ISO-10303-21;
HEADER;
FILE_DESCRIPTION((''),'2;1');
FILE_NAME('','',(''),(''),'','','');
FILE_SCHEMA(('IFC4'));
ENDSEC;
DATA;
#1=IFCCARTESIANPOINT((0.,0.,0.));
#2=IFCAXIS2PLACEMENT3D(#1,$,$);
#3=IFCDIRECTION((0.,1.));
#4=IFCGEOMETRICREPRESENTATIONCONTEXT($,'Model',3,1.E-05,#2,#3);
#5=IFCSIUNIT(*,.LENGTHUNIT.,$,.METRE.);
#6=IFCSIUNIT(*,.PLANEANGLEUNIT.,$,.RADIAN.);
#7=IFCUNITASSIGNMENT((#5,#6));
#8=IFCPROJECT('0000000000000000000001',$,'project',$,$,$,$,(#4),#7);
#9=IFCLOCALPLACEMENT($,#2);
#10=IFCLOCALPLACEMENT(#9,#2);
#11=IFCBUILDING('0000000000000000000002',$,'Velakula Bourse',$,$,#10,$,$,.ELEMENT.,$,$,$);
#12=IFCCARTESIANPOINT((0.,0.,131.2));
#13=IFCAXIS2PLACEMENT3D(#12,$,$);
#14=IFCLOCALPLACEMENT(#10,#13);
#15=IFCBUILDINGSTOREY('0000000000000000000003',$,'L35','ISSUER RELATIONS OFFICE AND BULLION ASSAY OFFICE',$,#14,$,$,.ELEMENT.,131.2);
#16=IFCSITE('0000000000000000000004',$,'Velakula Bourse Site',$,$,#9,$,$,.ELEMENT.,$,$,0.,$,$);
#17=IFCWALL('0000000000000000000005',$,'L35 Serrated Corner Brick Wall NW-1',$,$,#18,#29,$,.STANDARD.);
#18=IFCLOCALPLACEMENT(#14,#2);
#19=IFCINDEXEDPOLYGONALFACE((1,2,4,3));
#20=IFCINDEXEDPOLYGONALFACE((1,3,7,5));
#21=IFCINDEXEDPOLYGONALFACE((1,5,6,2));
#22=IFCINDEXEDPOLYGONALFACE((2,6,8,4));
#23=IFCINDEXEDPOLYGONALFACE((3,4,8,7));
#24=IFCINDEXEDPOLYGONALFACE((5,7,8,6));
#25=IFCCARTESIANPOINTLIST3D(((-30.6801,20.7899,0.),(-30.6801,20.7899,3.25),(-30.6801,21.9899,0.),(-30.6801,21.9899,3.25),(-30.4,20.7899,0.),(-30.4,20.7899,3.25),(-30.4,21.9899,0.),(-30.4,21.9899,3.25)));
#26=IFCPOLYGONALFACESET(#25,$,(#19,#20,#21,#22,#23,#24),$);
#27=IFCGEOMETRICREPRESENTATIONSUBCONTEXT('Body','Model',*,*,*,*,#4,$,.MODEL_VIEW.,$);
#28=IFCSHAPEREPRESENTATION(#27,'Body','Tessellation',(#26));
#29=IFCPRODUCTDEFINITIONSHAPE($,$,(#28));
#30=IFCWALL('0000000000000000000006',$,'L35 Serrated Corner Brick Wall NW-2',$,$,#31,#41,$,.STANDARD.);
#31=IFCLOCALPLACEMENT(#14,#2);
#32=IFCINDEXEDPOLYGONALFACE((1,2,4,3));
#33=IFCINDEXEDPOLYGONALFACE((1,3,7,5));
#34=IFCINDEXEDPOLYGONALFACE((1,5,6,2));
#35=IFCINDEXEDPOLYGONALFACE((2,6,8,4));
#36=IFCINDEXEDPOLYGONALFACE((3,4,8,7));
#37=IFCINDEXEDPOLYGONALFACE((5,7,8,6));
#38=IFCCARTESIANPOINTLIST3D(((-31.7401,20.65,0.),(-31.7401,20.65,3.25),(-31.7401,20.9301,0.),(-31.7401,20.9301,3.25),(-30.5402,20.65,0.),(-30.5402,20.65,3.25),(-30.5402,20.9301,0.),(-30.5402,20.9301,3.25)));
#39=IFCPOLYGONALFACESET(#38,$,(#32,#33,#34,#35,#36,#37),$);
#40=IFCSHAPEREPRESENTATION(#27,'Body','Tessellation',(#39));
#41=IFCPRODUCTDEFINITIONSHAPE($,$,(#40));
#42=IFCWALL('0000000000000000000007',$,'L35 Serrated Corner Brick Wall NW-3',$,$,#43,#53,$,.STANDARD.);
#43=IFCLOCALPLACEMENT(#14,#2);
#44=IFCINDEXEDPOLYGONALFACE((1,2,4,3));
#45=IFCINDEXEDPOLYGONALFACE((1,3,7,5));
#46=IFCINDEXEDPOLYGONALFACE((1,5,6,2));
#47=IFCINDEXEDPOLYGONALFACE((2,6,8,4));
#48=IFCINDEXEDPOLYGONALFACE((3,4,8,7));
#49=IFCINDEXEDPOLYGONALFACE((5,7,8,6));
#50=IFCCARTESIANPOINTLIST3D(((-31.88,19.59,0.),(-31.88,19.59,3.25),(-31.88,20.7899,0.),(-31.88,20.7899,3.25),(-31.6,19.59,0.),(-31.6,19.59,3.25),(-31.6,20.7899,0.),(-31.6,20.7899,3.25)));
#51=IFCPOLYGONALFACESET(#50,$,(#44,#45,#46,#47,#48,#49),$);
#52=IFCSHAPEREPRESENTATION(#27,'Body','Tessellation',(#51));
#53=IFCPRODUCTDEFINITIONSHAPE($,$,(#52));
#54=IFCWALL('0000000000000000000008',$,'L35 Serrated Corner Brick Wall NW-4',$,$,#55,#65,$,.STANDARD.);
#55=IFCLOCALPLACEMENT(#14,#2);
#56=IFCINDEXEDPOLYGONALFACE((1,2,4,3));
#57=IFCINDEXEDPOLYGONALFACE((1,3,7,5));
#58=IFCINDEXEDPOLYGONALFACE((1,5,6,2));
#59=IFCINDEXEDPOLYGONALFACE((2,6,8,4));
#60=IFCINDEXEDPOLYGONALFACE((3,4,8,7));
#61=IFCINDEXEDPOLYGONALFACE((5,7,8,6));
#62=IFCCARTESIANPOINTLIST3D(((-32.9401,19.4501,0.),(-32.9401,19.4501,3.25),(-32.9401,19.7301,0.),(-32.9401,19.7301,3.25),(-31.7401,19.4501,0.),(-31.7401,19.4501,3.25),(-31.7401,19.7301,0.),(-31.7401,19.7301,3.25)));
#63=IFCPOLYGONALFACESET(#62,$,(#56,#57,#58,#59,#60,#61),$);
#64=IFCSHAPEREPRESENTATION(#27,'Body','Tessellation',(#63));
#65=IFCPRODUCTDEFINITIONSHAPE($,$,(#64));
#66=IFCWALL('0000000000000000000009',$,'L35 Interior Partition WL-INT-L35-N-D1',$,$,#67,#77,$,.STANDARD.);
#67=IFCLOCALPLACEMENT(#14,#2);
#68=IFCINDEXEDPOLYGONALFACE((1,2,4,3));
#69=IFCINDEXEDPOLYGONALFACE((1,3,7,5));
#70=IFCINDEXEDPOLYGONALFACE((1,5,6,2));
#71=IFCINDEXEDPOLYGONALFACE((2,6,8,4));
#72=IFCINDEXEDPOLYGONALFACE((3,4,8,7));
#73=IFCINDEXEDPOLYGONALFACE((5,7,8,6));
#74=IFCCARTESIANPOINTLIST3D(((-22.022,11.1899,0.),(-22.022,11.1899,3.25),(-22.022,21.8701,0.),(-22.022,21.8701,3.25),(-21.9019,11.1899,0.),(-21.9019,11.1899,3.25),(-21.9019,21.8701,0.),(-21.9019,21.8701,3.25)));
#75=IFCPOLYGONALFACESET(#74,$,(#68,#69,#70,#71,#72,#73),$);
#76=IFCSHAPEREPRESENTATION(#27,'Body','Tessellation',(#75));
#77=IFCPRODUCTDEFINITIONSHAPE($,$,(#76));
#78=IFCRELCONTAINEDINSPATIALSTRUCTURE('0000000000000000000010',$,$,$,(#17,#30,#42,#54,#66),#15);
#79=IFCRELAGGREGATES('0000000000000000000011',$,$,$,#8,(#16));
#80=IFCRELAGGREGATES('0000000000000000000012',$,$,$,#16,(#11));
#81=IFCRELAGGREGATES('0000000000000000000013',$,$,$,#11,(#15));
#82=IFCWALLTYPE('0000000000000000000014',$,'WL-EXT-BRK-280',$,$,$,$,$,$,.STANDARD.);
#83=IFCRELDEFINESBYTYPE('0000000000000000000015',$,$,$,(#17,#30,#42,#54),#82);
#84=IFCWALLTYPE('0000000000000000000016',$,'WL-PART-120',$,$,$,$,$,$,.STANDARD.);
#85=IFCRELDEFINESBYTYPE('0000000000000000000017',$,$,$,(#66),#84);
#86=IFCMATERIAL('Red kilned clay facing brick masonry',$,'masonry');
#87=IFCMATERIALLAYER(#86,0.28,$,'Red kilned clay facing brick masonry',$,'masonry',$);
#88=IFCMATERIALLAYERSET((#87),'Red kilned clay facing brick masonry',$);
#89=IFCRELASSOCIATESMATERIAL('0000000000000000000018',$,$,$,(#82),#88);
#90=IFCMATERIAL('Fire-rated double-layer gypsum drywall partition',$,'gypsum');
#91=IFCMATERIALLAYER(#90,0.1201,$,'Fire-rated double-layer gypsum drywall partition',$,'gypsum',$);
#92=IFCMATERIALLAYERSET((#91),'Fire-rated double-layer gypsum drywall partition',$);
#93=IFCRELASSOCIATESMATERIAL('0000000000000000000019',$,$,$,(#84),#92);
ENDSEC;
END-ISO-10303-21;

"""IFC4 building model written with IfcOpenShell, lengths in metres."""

from ifc_helpers import new_model, si_unit, direction, frame, frame_2d, origin, place, context, subcontext, project, spatial, rectangle, extrude, material, layer, layer_set, type_object, element, save


model = new_model("IFC4")

# Units and contexts
model_context = context("Model", 3, precision=1e-05, world=origin(), true_north=direction((0.0, 1.0)))
body_context = subcontext(model_context, "Body", "Model", "MODEL_VIEW")
ifc_project = project(units=[si_unit("LENGTHUNIT", "METRE"), si_unit("PLANEANGLEUNIT", "RADIAN")], contexts=[model_context])

# Site, building, storey
site_placement = place(None, origin())
site = spatial("IfcSite", under=ifc_project, at=site_placement, Name="Velakula Bourse Site", CompositionType="ELEMENT", RefElevation=0.0)
building_placement = place(site_placement, origin())
building = spatial("IfcBuilding", under=site, at=building_placement, Name="Velakula Bourse", CompositionType="ELEMENT")
storey_placement = place(building_placement, frame((0.0, 0.0, 131.2)))
storey = spatial("IfcBuildingStorey", under=building, at=storey_placement, Name="L35", Description="ISSUER RELATIONS OFFICE AND BULLION ASSAY OFFICE", CompositionType="ELEMENT", Elevation=131.2)

# Shared definitions
ifc_material_1 = material(Name="Red kilned clay facing brick masonry", Category="masonry")
ifc_layer_1 = layer(ifc_material_1, 0.28, Name="Red kilned clay facing brick masonry", Category="masonry")
ifc_layer_set_1 = layer_set([ifc_layer_1], Name="Red kilned clay facing brick masonry")
wall_type_1 = type_object("IfcWallType", Name="WL-EXT-BRK-280", PredefinedType="STANDARD", material=ifc_layer_set_1)

# Walls
for number, where, z_axis, x_axis, name in (
    (1, (-30.54, 21.99, 0.0), (0.0, 0.0, 1.0), (0.0, -1.0, 0.0), "L35 Serrated Corner Brick Wall NW-1"),
    (2, (-30.54, 20.79, 0.0), (0.0, 0.0, 1.0), (-1.0, 0.0, 0.0), "L35 Serrated Corner Brick Wall NW-2"),
    (3, (-31.74, 20.79, 0.0), (0.0, 0.0, 1.0), (0.0, -1.0, 0.0), "L35 Serrated Corner Brick Wall NW-3"),
    (4, (-31.74, 19.5901, 0.0), (0.0, 0.0, 1.0), (-1.0, 0.0, 0.0), "L35 Serrated Corner Brick Wall NW-4"),
):
    element("IfcWall", number, at=place(storey_placement, frame(where, z_axis=z_axis, x_axis=x_axis)), inside=storey, type_object=wall_type_1, Name=name, PredefinedType="STANDARD", context=body_context, shape_type="SweptSolid", body=[
        extrude(rectangle(XDim=1.2, YDim=0.28, at=frame_2d((0.6001, 0.0))), origin(), (0.0, 0.0, 1.0), 3.25),
    ])
ifc_material_2 = material(Name="Fire-rated double-layer gypsum drywall partition", Category="gypsum")
ifc_layer_2 = layer(ifc_material_2, 0.1201, Name="Fire-rated double-layer gypsum drywall partition", Category="gypsum")
ifc_layer_set_2 = layer_set([ifc_layer_2], Name="Fire-rated double-layer gypsum drywall partition")
wall_type_2 = type_object("IfcWallType", Name="WL-PART-120", PredefinedType="STANDARD", material=ifc_layer_set_2)
wall_1_placement = place(storey_placement, frame((-21.9619, 11.1899, 0.0), z_axis=(0.0, 0.0, 1.0), x_axis=(0.0, 1.0, 0.0)))
element("IfcWall", 5, at=wall_1_placement, inside=storey, type_object=wall_type_2, Name="L35 Interior Partition WL-INT-L35-N-D1", PredefinedType="STANDARD", context=body_context, shape_type="SweptSolid", body=[
    extrude(rectangle(XDim=10.6802, YDim=0.1201, at=frame_2d((5.3401, 0.0))), origin(), (0.0, 0.0, 1.0), 3.25),
])

save(model, "model.ifc")
